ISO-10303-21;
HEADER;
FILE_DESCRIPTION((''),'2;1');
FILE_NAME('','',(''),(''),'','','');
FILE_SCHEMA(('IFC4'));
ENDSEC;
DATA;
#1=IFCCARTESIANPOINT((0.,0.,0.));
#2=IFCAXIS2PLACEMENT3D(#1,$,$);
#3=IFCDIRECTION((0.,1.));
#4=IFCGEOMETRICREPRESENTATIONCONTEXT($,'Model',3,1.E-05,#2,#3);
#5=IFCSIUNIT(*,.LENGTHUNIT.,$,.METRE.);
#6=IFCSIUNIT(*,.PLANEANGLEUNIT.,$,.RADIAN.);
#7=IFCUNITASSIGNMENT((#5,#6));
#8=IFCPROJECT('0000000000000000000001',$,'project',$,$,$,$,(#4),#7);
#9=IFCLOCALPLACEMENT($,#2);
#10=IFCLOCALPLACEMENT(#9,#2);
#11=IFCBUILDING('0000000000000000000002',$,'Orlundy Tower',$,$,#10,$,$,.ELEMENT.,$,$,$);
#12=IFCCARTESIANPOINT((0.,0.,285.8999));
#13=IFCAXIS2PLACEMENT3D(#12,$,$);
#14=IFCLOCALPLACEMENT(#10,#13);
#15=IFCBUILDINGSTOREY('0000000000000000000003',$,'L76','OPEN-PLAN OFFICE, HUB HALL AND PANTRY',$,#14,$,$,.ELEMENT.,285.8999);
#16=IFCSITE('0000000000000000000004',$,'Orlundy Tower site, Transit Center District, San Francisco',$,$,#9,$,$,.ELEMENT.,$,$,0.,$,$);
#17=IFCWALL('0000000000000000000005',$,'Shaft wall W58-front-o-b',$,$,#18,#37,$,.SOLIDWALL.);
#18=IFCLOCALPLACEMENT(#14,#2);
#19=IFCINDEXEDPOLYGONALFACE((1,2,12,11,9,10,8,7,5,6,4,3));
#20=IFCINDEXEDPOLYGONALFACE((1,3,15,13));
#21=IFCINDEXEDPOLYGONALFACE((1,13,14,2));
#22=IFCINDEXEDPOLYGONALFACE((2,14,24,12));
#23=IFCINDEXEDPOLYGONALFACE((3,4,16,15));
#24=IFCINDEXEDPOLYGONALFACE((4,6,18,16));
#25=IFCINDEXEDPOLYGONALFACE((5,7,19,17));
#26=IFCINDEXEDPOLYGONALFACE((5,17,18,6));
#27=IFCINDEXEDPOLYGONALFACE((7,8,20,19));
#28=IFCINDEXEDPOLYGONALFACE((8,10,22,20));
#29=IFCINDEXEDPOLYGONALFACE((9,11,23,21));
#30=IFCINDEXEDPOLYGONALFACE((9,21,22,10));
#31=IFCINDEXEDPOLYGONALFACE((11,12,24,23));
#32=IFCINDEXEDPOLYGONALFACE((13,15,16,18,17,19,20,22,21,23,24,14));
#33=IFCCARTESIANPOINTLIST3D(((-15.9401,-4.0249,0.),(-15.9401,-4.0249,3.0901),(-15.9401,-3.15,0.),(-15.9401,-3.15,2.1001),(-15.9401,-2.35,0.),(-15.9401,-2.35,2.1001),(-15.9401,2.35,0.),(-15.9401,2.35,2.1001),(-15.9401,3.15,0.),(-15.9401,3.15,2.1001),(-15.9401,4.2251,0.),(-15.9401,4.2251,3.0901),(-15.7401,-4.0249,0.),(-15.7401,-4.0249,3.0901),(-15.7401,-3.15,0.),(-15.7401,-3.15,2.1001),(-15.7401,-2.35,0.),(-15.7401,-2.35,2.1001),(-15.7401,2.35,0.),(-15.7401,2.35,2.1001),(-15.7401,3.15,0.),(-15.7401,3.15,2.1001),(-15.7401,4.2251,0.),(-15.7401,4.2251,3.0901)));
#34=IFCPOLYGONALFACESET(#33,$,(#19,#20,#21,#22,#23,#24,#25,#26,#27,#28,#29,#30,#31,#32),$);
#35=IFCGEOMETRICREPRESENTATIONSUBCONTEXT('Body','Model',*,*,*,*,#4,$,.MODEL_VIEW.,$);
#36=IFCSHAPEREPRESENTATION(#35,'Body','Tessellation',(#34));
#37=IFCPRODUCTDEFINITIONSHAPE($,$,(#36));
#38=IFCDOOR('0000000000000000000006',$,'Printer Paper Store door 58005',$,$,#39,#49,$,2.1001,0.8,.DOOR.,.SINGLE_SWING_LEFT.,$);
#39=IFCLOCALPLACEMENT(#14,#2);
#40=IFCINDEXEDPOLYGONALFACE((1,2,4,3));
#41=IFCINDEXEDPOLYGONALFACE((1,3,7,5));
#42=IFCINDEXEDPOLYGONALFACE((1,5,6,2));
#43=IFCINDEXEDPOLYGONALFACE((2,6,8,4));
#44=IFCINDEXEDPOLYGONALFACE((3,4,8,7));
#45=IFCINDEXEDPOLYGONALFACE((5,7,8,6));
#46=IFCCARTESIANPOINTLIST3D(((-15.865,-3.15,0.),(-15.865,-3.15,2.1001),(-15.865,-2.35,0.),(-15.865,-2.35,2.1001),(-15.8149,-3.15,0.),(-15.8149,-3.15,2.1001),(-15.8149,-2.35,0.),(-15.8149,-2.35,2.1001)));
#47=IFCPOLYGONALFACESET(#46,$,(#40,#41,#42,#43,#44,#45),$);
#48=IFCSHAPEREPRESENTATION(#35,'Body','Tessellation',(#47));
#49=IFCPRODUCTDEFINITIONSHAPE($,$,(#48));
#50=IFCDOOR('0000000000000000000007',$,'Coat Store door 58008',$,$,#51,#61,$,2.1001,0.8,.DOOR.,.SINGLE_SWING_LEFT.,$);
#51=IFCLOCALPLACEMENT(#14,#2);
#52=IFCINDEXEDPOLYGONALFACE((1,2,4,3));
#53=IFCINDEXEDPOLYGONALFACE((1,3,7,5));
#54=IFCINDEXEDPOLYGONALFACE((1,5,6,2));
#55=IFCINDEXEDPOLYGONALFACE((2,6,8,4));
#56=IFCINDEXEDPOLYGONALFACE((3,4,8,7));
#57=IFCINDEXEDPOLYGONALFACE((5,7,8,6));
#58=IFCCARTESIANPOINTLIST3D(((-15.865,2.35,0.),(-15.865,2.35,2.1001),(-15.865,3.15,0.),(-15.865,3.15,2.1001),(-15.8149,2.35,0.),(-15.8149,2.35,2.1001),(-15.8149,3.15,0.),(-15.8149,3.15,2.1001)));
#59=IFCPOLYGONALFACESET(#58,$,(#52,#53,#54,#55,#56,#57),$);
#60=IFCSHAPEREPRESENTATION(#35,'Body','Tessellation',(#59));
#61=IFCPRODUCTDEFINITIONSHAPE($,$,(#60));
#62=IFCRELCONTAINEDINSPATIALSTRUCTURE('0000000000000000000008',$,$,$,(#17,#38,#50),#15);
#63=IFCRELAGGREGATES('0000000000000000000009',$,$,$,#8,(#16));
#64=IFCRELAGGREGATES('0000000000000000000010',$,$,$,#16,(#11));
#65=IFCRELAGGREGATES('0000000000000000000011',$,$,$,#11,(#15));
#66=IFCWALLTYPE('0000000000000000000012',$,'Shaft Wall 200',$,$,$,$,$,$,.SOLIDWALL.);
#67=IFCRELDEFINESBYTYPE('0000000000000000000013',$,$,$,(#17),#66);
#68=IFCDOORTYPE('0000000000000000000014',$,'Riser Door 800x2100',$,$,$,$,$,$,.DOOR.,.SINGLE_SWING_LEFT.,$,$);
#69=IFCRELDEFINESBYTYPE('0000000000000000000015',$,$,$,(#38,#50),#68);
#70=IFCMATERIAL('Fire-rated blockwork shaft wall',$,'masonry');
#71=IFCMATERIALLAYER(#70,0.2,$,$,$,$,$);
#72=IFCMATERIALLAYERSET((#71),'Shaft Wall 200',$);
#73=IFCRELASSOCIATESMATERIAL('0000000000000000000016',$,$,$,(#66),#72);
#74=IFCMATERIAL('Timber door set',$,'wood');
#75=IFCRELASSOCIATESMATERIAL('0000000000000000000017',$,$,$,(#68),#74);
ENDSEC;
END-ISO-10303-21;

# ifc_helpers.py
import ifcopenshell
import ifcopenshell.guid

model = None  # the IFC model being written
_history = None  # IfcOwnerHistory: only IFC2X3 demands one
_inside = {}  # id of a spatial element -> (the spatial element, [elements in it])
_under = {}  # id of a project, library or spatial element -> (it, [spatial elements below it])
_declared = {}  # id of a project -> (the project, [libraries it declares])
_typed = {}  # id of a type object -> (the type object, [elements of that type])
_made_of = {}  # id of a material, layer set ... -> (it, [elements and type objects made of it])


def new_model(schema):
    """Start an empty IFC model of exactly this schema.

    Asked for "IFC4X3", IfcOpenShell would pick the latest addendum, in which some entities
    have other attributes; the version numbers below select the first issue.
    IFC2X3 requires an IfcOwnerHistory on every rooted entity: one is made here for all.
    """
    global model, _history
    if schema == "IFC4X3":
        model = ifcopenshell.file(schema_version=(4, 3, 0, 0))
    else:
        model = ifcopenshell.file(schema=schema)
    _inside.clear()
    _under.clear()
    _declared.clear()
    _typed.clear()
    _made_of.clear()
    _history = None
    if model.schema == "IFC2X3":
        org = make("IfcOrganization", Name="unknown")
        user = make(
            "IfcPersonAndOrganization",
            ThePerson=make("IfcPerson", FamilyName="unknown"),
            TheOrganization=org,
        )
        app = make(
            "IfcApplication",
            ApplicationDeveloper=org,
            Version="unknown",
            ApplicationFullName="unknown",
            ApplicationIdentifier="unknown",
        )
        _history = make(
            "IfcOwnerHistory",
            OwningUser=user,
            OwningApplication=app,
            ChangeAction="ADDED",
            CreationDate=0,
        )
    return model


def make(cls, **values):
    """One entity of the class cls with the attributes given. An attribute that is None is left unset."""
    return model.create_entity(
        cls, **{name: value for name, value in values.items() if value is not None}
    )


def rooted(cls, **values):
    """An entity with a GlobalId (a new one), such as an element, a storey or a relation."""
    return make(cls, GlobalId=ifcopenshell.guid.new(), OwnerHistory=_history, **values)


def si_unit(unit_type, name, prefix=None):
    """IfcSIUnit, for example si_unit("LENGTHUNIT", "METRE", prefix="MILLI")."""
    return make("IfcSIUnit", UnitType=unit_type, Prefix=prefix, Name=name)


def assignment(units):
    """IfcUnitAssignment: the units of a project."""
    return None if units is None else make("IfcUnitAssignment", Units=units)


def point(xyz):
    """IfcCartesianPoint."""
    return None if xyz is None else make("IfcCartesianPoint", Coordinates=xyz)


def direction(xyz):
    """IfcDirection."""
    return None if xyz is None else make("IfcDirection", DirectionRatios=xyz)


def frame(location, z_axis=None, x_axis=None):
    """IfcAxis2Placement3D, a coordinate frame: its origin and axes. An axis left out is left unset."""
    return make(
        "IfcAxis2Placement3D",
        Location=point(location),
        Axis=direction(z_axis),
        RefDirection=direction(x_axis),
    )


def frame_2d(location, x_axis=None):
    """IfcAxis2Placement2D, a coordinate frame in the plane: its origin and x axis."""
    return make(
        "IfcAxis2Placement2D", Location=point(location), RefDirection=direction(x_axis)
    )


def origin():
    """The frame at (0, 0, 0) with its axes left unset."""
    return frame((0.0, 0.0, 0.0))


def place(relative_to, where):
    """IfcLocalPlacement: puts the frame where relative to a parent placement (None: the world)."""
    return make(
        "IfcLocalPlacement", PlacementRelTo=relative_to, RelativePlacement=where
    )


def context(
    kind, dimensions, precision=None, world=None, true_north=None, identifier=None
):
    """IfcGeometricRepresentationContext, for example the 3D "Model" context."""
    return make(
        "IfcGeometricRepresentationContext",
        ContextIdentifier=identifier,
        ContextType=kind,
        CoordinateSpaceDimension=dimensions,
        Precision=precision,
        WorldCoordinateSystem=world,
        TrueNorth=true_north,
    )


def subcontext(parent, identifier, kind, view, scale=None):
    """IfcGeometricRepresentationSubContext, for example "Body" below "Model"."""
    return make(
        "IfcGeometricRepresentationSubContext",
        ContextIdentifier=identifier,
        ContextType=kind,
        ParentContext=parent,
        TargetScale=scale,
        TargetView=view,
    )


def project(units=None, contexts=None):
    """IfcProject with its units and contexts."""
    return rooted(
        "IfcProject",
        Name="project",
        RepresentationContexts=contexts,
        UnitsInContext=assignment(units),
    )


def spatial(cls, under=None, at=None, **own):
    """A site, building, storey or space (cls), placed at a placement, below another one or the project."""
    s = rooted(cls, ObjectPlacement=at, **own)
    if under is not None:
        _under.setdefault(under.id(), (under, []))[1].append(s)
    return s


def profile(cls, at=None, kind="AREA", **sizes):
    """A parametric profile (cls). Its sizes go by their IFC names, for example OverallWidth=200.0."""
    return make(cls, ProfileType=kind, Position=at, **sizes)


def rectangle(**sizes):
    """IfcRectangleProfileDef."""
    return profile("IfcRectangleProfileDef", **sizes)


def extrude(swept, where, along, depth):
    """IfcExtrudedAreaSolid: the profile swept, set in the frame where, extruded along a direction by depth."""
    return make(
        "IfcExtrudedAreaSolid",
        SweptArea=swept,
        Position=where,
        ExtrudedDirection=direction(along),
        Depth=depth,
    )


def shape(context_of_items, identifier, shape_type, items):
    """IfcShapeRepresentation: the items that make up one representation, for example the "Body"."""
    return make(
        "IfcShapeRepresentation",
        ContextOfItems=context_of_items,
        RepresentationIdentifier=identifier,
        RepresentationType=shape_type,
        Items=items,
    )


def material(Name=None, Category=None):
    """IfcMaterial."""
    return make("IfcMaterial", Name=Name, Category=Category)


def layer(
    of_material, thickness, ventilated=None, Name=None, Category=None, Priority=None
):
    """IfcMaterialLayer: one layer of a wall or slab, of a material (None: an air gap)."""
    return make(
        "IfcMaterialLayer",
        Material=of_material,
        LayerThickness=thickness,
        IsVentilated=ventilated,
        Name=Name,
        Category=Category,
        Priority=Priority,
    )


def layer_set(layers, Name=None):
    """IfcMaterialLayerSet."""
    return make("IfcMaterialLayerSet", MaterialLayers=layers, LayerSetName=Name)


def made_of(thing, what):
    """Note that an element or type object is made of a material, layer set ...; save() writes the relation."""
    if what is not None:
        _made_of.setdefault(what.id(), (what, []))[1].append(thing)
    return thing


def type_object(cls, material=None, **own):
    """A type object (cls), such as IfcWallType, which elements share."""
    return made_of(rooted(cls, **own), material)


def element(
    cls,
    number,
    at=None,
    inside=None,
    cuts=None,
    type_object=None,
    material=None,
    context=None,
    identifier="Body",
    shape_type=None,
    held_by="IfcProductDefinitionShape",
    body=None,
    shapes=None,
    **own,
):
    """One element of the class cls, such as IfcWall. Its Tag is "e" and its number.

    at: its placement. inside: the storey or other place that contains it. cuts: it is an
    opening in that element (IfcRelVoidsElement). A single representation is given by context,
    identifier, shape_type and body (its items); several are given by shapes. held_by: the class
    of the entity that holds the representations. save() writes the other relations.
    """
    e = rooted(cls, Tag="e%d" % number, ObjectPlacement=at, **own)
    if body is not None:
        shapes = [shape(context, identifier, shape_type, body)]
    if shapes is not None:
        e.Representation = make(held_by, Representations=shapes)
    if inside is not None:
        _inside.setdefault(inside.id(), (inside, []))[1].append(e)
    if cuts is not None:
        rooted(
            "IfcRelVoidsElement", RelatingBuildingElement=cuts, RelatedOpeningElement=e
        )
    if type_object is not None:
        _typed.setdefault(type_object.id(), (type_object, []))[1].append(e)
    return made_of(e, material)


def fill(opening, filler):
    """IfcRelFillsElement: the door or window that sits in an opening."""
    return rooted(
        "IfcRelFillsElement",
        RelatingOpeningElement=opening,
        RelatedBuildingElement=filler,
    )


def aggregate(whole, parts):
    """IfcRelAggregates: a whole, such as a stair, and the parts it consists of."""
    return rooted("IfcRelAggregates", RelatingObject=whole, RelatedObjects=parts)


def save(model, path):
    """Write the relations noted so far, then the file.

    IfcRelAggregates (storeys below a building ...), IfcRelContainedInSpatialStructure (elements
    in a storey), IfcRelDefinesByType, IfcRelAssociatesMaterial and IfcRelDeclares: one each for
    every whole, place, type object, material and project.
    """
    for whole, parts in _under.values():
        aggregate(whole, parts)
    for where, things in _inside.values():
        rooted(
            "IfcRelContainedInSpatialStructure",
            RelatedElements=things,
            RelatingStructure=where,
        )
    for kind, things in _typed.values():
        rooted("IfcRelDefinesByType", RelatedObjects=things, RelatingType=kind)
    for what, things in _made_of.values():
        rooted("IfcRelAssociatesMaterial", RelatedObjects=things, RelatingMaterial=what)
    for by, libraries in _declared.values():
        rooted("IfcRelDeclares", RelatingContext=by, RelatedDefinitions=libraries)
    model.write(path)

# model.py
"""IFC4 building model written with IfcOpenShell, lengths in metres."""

from ifc_helpers import new_model, si_unit, direction, frame, frame_2d, origin, place, context, subcontext, project, spatial, rectangle, extrude, material, layer, layer_set, type_object, element, fill, save


model = new_model("IFC4")

# Units and contexts
model_context = context("Model", 3, precision=1e-05, world=origin(), true_north=direction((0.0, 1.0)))
body_context = subcontext(model_context, "Body", "Model", "MODEL_VIEW")
ifc_project = project(units=[si_unit("LENGTHUNIT", "METRE"), si_unit("PLANEANGLEUNIT", "RADIAN")], contexts=[model_context])

# Site, building, storey
site_placement = place(None, origin())
site = spatial("IfcSite", under=ifc_project, at=site_placement, Name="Orlundy Tower site, Transit Center District, San Francisco", CompositionType="ELEMENT", RefElevation=0.0)
building_placement = place(site_placement, origin())
building = spatial("IfcBuilding", under=site, at=building_placement, Name="Orlundy Tower", CompositionType="ELEMENT")
storey_placement = place(building_placement, frame((0.0, 0.0, 285.8999)))
storey = spatial("IfcBuildingStorey", under=building, at=storey_placement, Name="L76", Description="OPEN-PLAN OFFICE, HUB HALL AND PANTRY", CompositionType="ELEMENT", Elevation=285.8999)

# Shared definitions
ifc_material_1 = material(Name="Fire-rated blockwork shaft wall", Category="masonry")
ifc_layer_1 = layer(ifc_material_1, 0.2)
ifc_layer_set_1 = layer_set([ifc_layer_1], Name="Shaft Wall 200")
wall_type_1 = type_object("IfcWallType", Name="Shaft Wall 200", PredefinedType="SOLIDWALL", material=ifc_layer_set_1)

# Wall, openings, doors
wall_1_placement = place(storey_placement, frame((-15.8401, -4.0249, 0.0), z_axis=(0.0, 0.0, 1.0), x_axis=(0.0, 1.0, 0.0)))
wall_1 = element("IfcWall", 1, at=wall_1_placement, inside=storey, type_object=wall_type_1, Name="Shaft wall W58-front-o-b", PredefinedType="SOLIDWALL", context=body_context, shape_type="SweptSolid", body=[
    extrude(rectangle(XDim=8.25, YDim=0.2, at=frame_2d((4.125, 0.0))), origin(), (0.0, 0.0, 1.0), 3.0901),
])
opening_1_placement = place(wall_1_placement, frame((0.875, 0.0, 0.0)))
opening_1 = element("IfcOpeningElement", 2, at=opening_1_placement, cuts=wall_1, PredefinedType="OPENING", context=body_context, shape_type="SweptSolid", body=[
    extrude(rectangle(XDim=0.8, YDim=2.1001, at=frame_2d((0.3999, 1.05))), frame((0.0, 0.1101, 0.0), z_axis=(0.0, -1.0, 0.0), x_axis=(1.0, 0.0, 0.0)), (0.0, 0.0, 1.0), 0.2202),
])
opening_2_placement = place(wall_1_placement, frame((6.375, 0.0, 0.0)))
opening_2 = element("IfcOpeningElement", 3, at=opening_2_placement, cuts=wall_1, PredefinedType="OPENING", context=body_context, shape_type="SweptSolid", body=[
    extrude(rectangle(XDim=0.8, YDim=2.1001, at=frame_2d((0.3999, 1.05))), frame((0.0, 0.1101, 0.0), z_axis=(0.0, -1.0, 0.0), x_axis=(1.0, 0.0, 0.0)), (0.0, 0.0, 1.0), 0.2202),
])
ifc_material_2 = material(Name="Timber door set", Category="wood")
door_type_1 = type_object("IfcDoorType", Name="Riser Door 800x2100", OperationType="SINGLE_SWING_LEFT", PredefinedType="DOOR", material=ifc_material_2)
door_1_placement = place(opening_1_placement, origin())
door_1 = element("IfcDoor", 4, at=door_1_placement, inside=storey, type_object=door_type_1, Name="Printer Paper Store door 58005", OperationType="SINGLE_SWING_LEFT", OverallHeight=2.1001, OverallWidth=0.8, PredefinedType="DOOR", context=body_context, shape_type="SweptSolid", body=[
    extrude(rectangle(XDim=0.8, YDim=2.1001, at=frame_2d((0.3999, 1.05))), frame((0.0, 0.0249, 0.0), z_axis=(0.0, -1.0, 0.0), x_axis=(1.0, 0.0, 0.0)), (0.0, 0.0, 1.0), 0.05),
])
fill(opening_1, door_1)
door_2_placement = place(opening_2_placement, origin())
door_2 = element("IfcDoor", 5, at=door_2_placement, inside=storey, type_object=door_type_1, Name="Coat Store door 58008", OperationType="SINGLE_SWING_LEFT", OverallHeight=2.1001, OverallWidth=0.8, PredefinedType="DOOR", context=body_context, shape_type="SweptSolid", body=[
    extrude(rectangle(XDim=0.8, YDim=2.1001, at=frame_2d((0.3999, 1.05))), frame((0.0, 0.0249, 0.0), z_axis=(0.0, -1.0, 0.0), x_axis=(1.0, 0.0, 0.0)), (0.0, 0.0, 1.0), 0.05),
])
fill(opening_2, door_2)

save(model, "model.ifc")
